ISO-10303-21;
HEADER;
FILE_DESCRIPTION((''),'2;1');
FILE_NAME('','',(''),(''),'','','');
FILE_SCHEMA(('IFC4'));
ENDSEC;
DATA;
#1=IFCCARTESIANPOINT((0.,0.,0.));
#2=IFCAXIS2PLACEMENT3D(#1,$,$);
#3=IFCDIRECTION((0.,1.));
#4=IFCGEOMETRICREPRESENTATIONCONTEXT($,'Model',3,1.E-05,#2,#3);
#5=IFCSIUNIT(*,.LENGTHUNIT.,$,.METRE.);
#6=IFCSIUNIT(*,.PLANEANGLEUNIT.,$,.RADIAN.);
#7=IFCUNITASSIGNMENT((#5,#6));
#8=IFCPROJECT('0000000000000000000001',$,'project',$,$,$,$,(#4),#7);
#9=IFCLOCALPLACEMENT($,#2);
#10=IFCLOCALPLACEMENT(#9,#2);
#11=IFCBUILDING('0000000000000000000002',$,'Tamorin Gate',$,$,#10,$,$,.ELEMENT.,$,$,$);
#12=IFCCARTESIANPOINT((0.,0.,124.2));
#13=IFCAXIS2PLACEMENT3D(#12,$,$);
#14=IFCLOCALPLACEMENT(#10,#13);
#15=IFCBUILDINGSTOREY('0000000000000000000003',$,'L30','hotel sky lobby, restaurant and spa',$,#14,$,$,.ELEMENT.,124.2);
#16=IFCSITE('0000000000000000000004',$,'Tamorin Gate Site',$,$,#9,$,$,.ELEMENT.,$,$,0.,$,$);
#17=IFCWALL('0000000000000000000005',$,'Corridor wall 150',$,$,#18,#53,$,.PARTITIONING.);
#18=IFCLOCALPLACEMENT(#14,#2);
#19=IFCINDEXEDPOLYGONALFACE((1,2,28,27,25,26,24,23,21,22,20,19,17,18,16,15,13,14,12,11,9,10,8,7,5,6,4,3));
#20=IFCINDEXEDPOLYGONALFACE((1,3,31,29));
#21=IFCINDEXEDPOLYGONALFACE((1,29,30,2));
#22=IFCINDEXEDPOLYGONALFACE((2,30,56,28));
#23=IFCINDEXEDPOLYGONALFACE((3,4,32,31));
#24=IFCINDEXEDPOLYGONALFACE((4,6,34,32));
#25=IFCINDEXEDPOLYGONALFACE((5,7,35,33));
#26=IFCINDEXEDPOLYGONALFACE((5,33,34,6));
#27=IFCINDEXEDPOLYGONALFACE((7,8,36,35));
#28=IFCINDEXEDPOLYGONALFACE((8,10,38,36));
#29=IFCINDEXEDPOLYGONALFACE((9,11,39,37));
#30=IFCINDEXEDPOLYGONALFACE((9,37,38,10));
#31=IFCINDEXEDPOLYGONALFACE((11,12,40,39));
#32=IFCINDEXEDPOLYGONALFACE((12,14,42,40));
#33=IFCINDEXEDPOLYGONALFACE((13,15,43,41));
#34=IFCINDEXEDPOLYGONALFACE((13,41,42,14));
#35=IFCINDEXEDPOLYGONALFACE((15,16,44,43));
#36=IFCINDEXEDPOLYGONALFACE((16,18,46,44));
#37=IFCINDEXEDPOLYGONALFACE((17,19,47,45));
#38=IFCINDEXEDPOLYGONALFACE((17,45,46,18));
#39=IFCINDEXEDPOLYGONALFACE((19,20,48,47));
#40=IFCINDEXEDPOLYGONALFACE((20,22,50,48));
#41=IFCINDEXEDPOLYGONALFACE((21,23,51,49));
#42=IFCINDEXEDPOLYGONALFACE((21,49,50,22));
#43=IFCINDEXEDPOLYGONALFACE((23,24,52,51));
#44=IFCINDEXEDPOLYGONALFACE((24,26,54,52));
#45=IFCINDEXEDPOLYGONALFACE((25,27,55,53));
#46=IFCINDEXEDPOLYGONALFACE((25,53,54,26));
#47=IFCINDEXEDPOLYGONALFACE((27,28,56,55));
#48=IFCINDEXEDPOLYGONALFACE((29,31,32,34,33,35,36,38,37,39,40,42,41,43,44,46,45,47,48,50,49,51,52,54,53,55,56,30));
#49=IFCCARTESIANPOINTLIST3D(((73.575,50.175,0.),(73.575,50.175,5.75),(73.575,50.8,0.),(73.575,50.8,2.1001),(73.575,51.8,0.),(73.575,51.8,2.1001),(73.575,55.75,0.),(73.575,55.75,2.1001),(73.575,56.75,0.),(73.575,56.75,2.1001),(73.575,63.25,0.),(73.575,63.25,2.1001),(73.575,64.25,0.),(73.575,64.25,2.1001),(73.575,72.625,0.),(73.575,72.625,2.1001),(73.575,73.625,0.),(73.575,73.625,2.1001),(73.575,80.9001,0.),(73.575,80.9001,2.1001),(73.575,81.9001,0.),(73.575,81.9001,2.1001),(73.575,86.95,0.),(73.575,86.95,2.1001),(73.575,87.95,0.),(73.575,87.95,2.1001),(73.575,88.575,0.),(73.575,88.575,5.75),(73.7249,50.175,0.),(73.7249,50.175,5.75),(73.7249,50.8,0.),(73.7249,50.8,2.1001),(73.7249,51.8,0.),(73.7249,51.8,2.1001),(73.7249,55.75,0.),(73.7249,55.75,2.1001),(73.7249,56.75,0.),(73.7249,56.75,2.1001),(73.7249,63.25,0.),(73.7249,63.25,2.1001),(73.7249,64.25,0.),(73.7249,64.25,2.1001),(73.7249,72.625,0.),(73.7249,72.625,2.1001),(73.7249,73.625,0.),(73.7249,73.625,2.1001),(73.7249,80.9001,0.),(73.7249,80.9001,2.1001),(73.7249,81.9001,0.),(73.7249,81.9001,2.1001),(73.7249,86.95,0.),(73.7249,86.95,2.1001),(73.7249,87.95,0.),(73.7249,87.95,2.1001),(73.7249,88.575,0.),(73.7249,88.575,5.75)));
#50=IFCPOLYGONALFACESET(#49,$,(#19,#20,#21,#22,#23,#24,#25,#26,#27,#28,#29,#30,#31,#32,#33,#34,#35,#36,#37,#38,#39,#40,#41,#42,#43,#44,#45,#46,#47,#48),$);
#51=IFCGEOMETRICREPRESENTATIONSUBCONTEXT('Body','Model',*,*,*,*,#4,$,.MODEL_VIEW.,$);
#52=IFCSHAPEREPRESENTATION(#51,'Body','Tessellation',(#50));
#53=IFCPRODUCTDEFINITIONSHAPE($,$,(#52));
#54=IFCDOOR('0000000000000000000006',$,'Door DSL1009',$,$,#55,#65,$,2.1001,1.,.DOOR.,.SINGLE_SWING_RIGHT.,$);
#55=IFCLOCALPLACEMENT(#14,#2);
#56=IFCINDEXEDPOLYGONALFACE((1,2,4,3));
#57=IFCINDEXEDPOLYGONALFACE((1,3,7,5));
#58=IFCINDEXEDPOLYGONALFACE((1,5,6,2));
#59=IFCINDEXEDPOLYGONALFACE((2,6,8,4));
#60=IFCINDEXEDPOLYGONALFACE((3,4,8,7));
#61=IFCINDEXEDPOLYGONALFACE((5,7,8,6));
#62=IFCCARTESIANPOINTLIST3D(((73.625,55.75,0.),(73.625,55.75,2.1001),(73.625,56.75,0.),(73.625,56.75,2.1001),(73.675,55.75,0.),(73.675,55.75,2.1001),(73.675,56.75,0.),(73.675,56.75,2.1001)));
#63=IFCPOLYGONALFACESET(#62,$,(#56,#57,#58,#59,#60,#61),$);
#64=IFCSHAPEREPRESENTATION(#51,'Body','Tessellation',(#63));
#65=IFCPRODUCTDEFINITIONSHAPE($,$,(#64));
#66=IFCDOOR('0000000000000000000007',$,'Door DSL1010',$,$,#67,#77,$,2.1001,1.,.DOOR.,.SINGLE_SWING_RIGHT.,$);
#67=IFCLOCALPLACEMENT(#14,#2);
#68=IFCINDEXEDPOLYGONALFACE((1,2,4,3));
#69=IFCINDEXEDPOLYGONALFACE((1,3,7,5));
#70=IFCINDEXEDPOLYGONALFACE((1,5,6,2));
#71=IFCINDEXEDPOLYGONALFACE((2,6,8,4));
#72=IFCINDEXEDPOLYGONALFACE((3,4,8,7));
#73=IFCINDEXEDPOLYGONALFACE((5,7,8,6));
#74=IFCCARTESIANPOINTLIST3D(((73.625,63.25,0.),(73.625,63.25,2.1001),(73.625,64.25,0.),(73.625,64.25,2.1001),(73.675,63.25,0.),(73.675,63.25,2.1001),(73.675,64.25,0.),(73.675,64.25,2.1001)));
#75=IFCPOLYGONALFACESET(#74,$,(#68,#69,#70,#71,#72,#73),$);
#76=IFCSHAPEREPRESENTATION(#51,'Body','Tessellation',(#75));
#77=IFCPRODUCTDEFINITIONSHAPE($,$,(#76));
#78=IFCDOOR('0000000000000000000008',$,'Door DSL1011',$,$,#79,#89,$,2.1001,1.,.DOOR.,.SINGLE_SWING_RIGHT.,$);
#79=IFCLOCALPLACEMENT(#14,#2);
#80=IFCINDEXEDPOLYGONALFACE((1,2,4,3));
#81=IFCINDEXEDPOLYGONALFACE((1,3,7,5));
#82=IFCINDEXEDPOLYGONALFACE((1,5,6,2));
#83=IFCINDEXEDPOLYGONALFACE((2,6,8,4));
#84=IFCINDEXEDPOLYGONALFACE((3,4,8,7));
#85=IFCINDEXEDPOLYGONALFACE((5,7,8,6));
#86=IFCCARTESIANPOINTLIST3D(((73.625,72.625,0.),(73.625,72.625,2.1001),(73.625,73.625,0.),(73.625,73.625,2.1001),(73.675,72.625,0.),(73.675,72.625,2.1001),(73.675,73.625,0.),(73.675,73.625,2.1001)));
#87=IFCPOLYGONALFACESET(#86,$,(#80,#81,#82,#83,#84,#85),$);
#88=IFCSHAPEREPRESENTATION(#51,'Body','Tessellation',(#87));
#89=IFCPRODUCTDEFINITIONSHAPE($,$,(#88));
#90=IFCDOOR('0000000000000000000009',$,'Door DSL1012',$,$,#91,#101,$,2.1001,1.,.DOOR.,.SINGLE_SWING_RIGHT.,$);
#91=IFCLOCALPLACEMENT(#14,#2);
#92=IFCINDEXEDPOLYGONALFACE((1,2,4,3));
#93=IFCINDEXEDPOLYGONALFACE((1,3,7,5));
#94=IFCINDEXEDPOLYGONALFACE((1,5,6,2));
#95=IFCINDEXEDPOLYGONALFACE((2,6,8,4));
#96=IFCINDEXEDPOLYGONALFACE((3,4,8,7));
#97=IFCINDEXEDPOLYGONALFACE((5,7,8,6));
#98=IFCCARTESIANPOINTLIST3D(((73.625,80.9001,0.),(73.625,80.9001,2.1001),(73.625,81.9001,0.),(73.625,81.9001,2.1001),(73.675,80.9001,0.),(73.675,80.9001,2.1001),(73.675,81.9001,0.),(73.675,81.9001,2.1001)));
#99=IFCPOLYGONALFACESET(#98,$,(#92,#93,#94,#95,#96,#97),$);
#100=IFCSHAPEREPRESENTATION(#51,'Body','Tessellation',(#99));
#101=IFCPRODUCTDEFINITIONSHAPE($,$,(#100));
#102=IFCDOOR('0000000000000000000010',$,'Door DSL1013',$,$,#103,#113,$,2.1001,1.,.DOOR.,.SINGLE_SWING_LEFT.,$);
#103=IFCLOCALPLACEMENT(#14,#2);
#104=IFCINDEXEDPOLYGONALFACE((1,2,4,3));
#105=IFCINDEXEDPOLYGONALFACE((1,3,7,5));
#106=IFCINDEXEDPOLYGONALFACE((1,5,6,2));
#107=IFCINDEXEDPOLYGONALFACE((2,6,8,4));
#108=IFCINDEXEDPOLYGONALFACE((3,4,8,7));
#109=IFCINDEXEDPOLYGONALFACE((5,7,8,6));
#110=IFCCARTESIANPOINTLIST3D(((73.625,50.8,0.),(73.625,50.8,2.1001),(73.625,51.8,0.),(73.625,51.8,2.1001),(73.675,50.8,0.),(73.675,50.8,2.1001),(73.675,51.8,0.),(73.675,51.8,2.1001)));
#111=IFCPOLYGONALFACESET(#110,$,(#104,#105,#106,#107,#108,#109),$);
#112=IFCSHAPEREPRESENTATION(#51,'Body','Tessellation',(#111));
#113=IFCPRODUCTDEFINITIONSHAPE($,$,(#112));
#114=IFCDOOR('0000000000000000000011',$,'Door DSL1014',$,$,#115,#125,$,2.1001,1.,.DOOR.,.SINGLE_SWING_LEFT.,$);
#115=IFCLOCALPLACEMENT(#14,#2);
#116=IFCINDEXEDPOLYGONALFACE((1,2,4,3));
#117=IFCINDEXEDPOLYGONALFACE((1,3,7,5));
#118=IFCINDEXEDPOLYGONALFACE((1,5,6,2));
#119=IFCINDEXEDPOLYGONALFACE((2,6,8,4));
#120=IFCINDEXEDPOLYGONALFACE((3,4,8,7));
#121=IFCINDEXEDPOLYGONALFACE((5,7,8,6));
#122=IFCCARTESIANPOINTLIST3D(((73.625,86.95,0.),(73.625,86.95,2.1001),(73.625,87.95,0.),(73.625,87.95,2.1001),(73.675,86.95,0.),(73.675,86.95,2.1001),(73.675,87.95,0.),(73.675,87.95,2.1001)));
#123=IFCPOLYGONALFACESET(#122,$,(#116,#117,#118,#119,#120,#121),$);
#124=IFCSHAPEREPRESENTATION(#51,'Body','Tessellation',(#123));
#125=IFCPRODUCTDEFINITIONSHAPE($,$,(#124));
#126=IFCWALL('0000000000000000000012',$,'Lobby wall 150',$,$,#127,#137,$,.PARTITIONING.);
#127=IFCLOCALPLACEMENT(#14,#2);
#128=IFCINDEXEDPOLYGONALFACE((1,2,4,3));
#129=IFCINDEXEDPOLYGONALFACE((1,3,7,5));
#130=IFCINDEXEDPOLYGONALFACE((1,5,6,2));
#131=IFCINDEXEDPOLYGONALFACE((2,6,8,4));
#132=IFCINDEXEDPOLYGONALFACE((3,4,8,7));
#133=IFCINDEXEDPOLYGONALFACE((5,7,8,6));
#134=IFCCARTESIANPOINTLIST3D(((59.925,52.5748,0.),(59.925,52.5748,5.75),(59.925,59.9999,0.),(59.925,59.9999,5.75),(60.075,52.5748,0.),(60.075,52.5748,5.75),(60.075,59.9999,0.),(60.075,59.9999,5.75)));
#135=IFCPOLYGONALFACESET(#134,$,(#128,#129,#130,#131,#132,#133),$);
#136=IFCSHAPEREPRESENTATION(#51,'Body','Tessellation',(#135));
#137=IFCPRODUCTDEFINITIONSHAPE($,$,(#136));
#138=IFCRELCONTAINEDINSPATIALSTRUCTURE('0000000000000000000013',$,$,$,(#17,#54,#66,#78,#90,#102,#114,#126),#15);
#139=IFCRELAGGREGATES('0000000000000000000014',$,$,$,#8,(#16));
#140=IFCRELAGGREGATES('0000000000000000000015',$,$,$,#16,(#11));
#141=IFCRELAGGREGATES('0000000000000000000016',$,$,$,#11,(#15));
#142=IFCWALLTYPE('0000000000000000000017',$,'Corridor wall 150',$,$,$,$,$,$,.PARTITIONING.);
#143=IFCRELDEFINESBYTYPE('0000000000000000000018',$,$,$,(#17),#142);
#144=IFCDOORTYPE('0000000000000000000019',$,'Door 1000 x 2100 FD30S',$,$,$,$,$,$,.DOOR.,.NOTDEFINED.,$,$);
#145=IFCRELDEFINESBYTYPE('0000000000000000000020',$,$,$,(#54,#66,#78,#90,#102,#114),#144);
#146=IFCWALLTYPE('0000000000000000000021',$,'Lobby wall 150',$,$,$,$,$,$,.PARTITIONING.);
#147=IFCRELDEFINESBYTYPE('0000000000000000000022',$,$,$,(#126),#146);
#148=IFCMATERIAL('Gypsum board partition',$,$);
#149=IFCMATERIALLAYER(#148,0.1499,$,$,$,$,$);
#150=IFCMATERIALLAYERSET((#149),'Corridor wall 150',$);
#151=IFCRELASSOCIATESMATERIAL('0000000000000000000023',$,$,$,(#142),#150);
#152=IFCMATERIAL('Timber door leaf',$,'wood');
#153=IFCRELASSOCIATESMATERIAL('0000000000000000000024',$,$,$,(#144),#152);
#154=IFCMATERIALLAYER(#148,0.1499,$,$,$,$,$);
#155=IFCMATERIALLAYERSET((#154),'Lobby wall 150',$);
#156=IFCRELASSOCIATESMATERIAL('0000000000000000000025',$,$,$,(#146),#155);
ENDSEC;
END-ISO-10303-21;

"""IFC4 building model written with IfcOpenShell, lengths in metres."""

from ifc_helpers import new_model, si_unit, direction, frame, frame_2d, origin, place, context, subcontext, project, spatial, rectangle, extrude, material, layer, layer_set, type_object, element, fill, save


model = new_model("IFC4")

# Units and contexts
model_context = context("Model", 3, precision=1e-05, world=origin(), true_north=direction((0.0, 1.0)))
body_context = subcontext(model_context, "Body", "Model", "MODEL_VIEW")
ifc_project = project(units=[si_unit("LENGTHUNIT", "METRE"), si_unit("PLANEANGLEUNIT", "RADIAN")], contexts=[model_context])

# Site, building, storey
site_placement = place(None, origin())
site = spatial("IfcSite", under=ifc_project, at=site_placement, Name="Tamorin Gate Site", CompositionType="ELEMENT", RefElevation=0.0)
building_placement = place(site_placement, origin())
building = spatial("IfcBuilding", under=site, at=building_placement, Name="Tamorin Gate", CompositionType="ELEMENT")
storey_placement = place(building_placement, frame((0.0, 0.0, 124.2)))
storey = spatial("IfcBuildingStorey", under=building, at=storey_placement, Name="L30", Description="hotel sky lobby, restaurant and spa", CompositionType="ELEMENT", Elevation=124.2)

# Shared definitions
ifc_material_1 = material(Name="Gypsum board partition")
ifc_layer_1 = layer(ifc_material_1, 0.1499)
ifc_layer_set_1 = layer_set([ifc_layer_1], Name="Corridor wall 150")
wall_type_1 = type_object("IfcWallType", Name="Corridor wall 150", PredefinedType="PARTITIONING", material=ifc_layer_set_1)
ifc_material_2 = material(Name="Timber door leaf", Category="wood")

# Wall, openings, doors
wall_1_placement = place(storey_placement, frame((73.6499, 50.175, 0.0), z_axis=(0.0, 0.0, 1.0), x_axis=(0.0, 1.0, 0.0)))
wall_1 = element("IfcWall", 1, at=wall_1_placement, inside=storey, type_object=wall_type_1, Name="Corridor wall 150", PredefinedType="PARTITIONING", context=body_context, shape_type="SweptSolid", body=[
    extrude(rectangle(XDim=38.3999, YDim=0.1499, at=frame_2d((19.2, 0.0))), origin(), (0.0, 0.0, 1.0), 5.75),
])
opening_1_placement = place(wall_1_placement, frame((5.575, 0.0, 0.0)))
opening_1 = element("IfcOpeningElement", 2, at=opening_1_placement, cuts=wall_1, PredefinedType="OPENING", context=body_context, shape_type="SweptSolid", body=[
    extrude(rectangle(XDim=1.0, YDim=2.1001, at=frame_2d((0.5, 1.05))), frame((0.0, 0.085, 0.0), z_axis=(0.0, -1.0, 0.0), x_axis=(1.0, 0.0, 0.0)), (0.0, 0.0, 1.0), 0.1699),
])
opening_2_placement = place(wall_1_placement, frame((13.075, 0.0, 0.0)))
opening_2 = element("IfcOpeningElement", 3, at=opening_2_placement, cuts=wall_1, PredefinedType="OPENING", context=body_context, shape_type="SweptSolid", body=[
    extrude(rectangle(XDim=1.0, YDim=2.1001, at=frame_2d((0.5, 1.05))), frame((0.0, 0.085, 0.0), z_axis=(0.0, -1.0, 0.0), x_axis=(1.0, 0.0, 0.0)), (0.0, 0.0, 1.0), 0.1699),
])
opening_3_placement = place(wall_1_placement, frame((22.45, 0.0, 0.0)))
opening_3 = element("IfcOpeningElement", 4, at=opening_3_placement, cuts=wall_1, PredefinedType="OPENING", context=body_context, shape_type="SweptSolid", body=[
    extrude(rectangle(XDim=1.0, YDim=2.1001, at=frame_2d((0.5, 1.05))), frame((0.0, 0.085, 0.0), z_axis=(0.0, -1.0, 0.0), x_axis=(1.0, 0.0, 0.0)), (0.0, 0.0, 1.0), 0.1699),
])
opening_4_placement = place(wall_1_placement, frame((30.7251, 0.0, 0.0)))
opening_4 = element("IfcOpeningElement", 5, at=opening_4_placement, cuts=wall_1, PredefinedType="OPENING", context=body_context, shape_type="SweptSolid", body=[
    extrude(rectangle(XDim=1.0, YDim=2.1001, at=frame_2d((0.5, 1.05))), frame((0.0, 0.085, 0.0), z_axis=(0.0, -1.0, 0.0), x_axis=(1.0, 0.0, 0.0)), (0.0, 0.0, 1.0), 0.1699),
])
opening_5_placement = place(wall_1_placement, frame((0.625, 0.0, 0.0)))
opening_5 = element("IfcOpeningElement", 6, at=opening_5_placement, cuts=wall_1, PredefinedType="OPENING", context=body_context, shape_type="SweptSolid", body=[
    extrude(rectangle(XDim=1.0, YDim=2.1001, at=frame_2d((0.5, 1.05))), frame((0.0, 0.085, 0.0), z_axis=(0.0, -1.0, 0.0), x_axis=(1.0, 0.0, 0.0)), (0.0, 0.0, 1.0), 0.1699),
])
opening_6_placement = place(wall_1_placement, frame((36.7749, 0.0, 0.0)))
opening_6 = element("IfcOpeningElement", 7, at=opening_6_placement, cuts=wall_1, PredefinedType="OPENING", context=body_context, shape_type="SweptSolid", body=[
    extrude(rectangle(XDim=1.0, YDim=2.1001, at=frame_2d((0.5, 1.05))), frame((0.0, 0.085, 0.0), z_axis=(0.0, -1.0, 0.0), x_axis=(1.0, 0.0, 0.0)), (0.0, 0.0, 1.0), 0.1699),
])
door_type_1 = type_object("IfcDoorType", Name="Door 1000 x 2100 FD30S", OperationType="NOTDEFINED", PredefinedType="DOOR", material=ifc_material_2)
door_1_placement = place(opening_1_placement, origin())
door_1 = element("IfcDoor", 8, at=door_1_placement, inside=storey, type_object=door_type_1, Name="Door DSL1009", OperationType="SINGLE_SWING_RIGHT", OverallHeight=2.1001, OverallWidth=1.0, PredefinedType="DOOR", context=body_context, shape_type="SweptSolid", body=[
    extrude(rectangle(XDim=1.0, YDim=2.1001, at=frame_2d((0.5, 1.05))), frame((0.0, 0.0249, 0.0), z_axis=(0.0, -1.0, 0.0), x_axis=(1.0, 0.0, 0.0)), (0.0, 0.0, 1.0), 0.05),
])
fill(opening_1, door_1)
door_2_placement = place(opening_2_placement, origin())
door_2 = element("IfcDoor", 9, at=door_2_placement, inside=storey, type_object=door_type_1, Name="Door DSL1010", OperationType="SINGLE_SWING_RIGHT", OverallHeight=2.1001, OverallWidth=1.0, PredefinedType="DOOR", context=body_context, shape_type="SweptSolid", body=[
    extrude(rectangle(XDim=1.0, YDim=2.1001, at=frame_2d((0.5, 1.05))), frame((0.0, 0.0249, 0.0), z_axis=(0.0, -1.0, 0.0), x_axis=(1.0, 0.0, 0.0)), (0.0, 0.0, 1.0), 0.05),
])
fill(opening_2, door_2)
door_3_placement = place(opening_3_placement, origin())
door_3 = element("IfcDoor", 10, at=door_3_placement, inside=storey, type_object=door_type_1, Name="Door DSL1011", OperationType="SINGLE_SWING_RIGHT", OverallHeight=2.1001, OverallWidth=1.0, PredefinedType="DOOR", context=body_context, shape_type="SweptSolid", body=[
    extrude(rectangle(XDim=1.0, YDim=2.1001, at=frame_2d((0.5, 1.05))), frame((0.0, 0.0249, 0.0), z_axis=(0.0, -1.0, 0.0), x_axis=(1.0, 0.0, 0.0)), (0.0, 0.0, 1.0), 0.05),
])
fill(opening_3, door_3)
door_4_placement = place(opening_4_placement, origin())
door_4 = element("IfcDoor", 11, at=door_4_placement, inside=storey, type_object=door_type_1, Name="Door DSL1012", OperationType="SINGLE_SWING_RIGHT", OverallHeight=2.1001, OverallWidth=1.0, PredefinedType="DOOR", context=body_context, shape_type="SweptSolid", body=[
    extrude(rectangle(XDim=1.0, YDim=2.1001, at=frame_2d((0.5, 1.05))), frame((0.0, 0.0249, 0.0), z_axis=(0.0, -1.0, 0.0), x_axis=(1.0, 0.0, 0.0)), (0.0, 0.0, 1.0), 0.05),
])
fill(opening_4, door_4)
door_5_placement = place(opening_5_placement, origin())
door_5 = element("IfcDoor", 12, at=door_5_placement, inside=storey, type_object=door_type_1, Name="Door DSL1013", OperationType="SINGLE_SWING_LEFT", OverallHeight=2.1001, OverallWidth=1.0, PredefinedType="DOOR", context=body_context, shape_type="SweptSolid", body=[
    extrude(rectangle(XDim=1.0, YDim=2.1001, at=frame_2d((0.5, 1.05))), frame((0.0, 0.0249, 0.0), z_axis=(0.0, -1.0, 0.0), x_axis=(1.0, 0.0, 0.0)), (0.0, 0.0, 1.0), 0.05),
])
fill(opening_5, door_5)
door_6_placement = place(opening_6_placement, origin())
door_6 = element("IfcDoor", 13, at=door_6_placement, inside=storey, type_object=door_type_1, Name="Door DSL1014", OperationType="SINGLE_SWING_LEFT", OverallHeight=2.1001, OverallWidth=1.0, PredefinedType="DOOR", context=body_context, shape_type="SweptSolid", body=[
    extrude(rectangle(XDim=1.0, YDim=2.1001, at=frame_2d((0.5, 1.05))), frame((0.0, 0.0249, 0.0), z_axis=(0.0, -1.0, 0.0), x_axis=(1.0, 0.0, 0.0)), (0.0, 0.0, 1.0), 0.05),
])
fill(opening_6, door_6)

# Wall
ifc_layer_2 = layer(ifc_material_1, 0.1499)
ifc_layer_set_2 = layer_set([ifc_layer_2], Name="Lobby wall 150")
wall_type_2 = type_object("IfcWallType", Name="Lobby wall 150", PredefinedType="PARTITIONING", material=ifc_layer_set_2)
wall_2_placement = place(storey_placement, frame((60.0, 52.575, 0.0), z_axis=(0.0, 0.0, 1.0), x_axis=(0.0, 1.0, 0.0)))
element("IfcWall", 14, at=wall_2_placement, inside=storey, type_object=wall_type_2, Name="Lobby wall 150", PredefinedType="PARTITIONING", context=body_context, shape_type="SweptSolid", body=[
    extrude(rectangle(XDim=7.425, YDim=0.1499, at=frame_2d((3.7124, 0.0))), origin(), (0.0, 0.0, 1.0), 5.75),
])

save(model, "model.ifc")
